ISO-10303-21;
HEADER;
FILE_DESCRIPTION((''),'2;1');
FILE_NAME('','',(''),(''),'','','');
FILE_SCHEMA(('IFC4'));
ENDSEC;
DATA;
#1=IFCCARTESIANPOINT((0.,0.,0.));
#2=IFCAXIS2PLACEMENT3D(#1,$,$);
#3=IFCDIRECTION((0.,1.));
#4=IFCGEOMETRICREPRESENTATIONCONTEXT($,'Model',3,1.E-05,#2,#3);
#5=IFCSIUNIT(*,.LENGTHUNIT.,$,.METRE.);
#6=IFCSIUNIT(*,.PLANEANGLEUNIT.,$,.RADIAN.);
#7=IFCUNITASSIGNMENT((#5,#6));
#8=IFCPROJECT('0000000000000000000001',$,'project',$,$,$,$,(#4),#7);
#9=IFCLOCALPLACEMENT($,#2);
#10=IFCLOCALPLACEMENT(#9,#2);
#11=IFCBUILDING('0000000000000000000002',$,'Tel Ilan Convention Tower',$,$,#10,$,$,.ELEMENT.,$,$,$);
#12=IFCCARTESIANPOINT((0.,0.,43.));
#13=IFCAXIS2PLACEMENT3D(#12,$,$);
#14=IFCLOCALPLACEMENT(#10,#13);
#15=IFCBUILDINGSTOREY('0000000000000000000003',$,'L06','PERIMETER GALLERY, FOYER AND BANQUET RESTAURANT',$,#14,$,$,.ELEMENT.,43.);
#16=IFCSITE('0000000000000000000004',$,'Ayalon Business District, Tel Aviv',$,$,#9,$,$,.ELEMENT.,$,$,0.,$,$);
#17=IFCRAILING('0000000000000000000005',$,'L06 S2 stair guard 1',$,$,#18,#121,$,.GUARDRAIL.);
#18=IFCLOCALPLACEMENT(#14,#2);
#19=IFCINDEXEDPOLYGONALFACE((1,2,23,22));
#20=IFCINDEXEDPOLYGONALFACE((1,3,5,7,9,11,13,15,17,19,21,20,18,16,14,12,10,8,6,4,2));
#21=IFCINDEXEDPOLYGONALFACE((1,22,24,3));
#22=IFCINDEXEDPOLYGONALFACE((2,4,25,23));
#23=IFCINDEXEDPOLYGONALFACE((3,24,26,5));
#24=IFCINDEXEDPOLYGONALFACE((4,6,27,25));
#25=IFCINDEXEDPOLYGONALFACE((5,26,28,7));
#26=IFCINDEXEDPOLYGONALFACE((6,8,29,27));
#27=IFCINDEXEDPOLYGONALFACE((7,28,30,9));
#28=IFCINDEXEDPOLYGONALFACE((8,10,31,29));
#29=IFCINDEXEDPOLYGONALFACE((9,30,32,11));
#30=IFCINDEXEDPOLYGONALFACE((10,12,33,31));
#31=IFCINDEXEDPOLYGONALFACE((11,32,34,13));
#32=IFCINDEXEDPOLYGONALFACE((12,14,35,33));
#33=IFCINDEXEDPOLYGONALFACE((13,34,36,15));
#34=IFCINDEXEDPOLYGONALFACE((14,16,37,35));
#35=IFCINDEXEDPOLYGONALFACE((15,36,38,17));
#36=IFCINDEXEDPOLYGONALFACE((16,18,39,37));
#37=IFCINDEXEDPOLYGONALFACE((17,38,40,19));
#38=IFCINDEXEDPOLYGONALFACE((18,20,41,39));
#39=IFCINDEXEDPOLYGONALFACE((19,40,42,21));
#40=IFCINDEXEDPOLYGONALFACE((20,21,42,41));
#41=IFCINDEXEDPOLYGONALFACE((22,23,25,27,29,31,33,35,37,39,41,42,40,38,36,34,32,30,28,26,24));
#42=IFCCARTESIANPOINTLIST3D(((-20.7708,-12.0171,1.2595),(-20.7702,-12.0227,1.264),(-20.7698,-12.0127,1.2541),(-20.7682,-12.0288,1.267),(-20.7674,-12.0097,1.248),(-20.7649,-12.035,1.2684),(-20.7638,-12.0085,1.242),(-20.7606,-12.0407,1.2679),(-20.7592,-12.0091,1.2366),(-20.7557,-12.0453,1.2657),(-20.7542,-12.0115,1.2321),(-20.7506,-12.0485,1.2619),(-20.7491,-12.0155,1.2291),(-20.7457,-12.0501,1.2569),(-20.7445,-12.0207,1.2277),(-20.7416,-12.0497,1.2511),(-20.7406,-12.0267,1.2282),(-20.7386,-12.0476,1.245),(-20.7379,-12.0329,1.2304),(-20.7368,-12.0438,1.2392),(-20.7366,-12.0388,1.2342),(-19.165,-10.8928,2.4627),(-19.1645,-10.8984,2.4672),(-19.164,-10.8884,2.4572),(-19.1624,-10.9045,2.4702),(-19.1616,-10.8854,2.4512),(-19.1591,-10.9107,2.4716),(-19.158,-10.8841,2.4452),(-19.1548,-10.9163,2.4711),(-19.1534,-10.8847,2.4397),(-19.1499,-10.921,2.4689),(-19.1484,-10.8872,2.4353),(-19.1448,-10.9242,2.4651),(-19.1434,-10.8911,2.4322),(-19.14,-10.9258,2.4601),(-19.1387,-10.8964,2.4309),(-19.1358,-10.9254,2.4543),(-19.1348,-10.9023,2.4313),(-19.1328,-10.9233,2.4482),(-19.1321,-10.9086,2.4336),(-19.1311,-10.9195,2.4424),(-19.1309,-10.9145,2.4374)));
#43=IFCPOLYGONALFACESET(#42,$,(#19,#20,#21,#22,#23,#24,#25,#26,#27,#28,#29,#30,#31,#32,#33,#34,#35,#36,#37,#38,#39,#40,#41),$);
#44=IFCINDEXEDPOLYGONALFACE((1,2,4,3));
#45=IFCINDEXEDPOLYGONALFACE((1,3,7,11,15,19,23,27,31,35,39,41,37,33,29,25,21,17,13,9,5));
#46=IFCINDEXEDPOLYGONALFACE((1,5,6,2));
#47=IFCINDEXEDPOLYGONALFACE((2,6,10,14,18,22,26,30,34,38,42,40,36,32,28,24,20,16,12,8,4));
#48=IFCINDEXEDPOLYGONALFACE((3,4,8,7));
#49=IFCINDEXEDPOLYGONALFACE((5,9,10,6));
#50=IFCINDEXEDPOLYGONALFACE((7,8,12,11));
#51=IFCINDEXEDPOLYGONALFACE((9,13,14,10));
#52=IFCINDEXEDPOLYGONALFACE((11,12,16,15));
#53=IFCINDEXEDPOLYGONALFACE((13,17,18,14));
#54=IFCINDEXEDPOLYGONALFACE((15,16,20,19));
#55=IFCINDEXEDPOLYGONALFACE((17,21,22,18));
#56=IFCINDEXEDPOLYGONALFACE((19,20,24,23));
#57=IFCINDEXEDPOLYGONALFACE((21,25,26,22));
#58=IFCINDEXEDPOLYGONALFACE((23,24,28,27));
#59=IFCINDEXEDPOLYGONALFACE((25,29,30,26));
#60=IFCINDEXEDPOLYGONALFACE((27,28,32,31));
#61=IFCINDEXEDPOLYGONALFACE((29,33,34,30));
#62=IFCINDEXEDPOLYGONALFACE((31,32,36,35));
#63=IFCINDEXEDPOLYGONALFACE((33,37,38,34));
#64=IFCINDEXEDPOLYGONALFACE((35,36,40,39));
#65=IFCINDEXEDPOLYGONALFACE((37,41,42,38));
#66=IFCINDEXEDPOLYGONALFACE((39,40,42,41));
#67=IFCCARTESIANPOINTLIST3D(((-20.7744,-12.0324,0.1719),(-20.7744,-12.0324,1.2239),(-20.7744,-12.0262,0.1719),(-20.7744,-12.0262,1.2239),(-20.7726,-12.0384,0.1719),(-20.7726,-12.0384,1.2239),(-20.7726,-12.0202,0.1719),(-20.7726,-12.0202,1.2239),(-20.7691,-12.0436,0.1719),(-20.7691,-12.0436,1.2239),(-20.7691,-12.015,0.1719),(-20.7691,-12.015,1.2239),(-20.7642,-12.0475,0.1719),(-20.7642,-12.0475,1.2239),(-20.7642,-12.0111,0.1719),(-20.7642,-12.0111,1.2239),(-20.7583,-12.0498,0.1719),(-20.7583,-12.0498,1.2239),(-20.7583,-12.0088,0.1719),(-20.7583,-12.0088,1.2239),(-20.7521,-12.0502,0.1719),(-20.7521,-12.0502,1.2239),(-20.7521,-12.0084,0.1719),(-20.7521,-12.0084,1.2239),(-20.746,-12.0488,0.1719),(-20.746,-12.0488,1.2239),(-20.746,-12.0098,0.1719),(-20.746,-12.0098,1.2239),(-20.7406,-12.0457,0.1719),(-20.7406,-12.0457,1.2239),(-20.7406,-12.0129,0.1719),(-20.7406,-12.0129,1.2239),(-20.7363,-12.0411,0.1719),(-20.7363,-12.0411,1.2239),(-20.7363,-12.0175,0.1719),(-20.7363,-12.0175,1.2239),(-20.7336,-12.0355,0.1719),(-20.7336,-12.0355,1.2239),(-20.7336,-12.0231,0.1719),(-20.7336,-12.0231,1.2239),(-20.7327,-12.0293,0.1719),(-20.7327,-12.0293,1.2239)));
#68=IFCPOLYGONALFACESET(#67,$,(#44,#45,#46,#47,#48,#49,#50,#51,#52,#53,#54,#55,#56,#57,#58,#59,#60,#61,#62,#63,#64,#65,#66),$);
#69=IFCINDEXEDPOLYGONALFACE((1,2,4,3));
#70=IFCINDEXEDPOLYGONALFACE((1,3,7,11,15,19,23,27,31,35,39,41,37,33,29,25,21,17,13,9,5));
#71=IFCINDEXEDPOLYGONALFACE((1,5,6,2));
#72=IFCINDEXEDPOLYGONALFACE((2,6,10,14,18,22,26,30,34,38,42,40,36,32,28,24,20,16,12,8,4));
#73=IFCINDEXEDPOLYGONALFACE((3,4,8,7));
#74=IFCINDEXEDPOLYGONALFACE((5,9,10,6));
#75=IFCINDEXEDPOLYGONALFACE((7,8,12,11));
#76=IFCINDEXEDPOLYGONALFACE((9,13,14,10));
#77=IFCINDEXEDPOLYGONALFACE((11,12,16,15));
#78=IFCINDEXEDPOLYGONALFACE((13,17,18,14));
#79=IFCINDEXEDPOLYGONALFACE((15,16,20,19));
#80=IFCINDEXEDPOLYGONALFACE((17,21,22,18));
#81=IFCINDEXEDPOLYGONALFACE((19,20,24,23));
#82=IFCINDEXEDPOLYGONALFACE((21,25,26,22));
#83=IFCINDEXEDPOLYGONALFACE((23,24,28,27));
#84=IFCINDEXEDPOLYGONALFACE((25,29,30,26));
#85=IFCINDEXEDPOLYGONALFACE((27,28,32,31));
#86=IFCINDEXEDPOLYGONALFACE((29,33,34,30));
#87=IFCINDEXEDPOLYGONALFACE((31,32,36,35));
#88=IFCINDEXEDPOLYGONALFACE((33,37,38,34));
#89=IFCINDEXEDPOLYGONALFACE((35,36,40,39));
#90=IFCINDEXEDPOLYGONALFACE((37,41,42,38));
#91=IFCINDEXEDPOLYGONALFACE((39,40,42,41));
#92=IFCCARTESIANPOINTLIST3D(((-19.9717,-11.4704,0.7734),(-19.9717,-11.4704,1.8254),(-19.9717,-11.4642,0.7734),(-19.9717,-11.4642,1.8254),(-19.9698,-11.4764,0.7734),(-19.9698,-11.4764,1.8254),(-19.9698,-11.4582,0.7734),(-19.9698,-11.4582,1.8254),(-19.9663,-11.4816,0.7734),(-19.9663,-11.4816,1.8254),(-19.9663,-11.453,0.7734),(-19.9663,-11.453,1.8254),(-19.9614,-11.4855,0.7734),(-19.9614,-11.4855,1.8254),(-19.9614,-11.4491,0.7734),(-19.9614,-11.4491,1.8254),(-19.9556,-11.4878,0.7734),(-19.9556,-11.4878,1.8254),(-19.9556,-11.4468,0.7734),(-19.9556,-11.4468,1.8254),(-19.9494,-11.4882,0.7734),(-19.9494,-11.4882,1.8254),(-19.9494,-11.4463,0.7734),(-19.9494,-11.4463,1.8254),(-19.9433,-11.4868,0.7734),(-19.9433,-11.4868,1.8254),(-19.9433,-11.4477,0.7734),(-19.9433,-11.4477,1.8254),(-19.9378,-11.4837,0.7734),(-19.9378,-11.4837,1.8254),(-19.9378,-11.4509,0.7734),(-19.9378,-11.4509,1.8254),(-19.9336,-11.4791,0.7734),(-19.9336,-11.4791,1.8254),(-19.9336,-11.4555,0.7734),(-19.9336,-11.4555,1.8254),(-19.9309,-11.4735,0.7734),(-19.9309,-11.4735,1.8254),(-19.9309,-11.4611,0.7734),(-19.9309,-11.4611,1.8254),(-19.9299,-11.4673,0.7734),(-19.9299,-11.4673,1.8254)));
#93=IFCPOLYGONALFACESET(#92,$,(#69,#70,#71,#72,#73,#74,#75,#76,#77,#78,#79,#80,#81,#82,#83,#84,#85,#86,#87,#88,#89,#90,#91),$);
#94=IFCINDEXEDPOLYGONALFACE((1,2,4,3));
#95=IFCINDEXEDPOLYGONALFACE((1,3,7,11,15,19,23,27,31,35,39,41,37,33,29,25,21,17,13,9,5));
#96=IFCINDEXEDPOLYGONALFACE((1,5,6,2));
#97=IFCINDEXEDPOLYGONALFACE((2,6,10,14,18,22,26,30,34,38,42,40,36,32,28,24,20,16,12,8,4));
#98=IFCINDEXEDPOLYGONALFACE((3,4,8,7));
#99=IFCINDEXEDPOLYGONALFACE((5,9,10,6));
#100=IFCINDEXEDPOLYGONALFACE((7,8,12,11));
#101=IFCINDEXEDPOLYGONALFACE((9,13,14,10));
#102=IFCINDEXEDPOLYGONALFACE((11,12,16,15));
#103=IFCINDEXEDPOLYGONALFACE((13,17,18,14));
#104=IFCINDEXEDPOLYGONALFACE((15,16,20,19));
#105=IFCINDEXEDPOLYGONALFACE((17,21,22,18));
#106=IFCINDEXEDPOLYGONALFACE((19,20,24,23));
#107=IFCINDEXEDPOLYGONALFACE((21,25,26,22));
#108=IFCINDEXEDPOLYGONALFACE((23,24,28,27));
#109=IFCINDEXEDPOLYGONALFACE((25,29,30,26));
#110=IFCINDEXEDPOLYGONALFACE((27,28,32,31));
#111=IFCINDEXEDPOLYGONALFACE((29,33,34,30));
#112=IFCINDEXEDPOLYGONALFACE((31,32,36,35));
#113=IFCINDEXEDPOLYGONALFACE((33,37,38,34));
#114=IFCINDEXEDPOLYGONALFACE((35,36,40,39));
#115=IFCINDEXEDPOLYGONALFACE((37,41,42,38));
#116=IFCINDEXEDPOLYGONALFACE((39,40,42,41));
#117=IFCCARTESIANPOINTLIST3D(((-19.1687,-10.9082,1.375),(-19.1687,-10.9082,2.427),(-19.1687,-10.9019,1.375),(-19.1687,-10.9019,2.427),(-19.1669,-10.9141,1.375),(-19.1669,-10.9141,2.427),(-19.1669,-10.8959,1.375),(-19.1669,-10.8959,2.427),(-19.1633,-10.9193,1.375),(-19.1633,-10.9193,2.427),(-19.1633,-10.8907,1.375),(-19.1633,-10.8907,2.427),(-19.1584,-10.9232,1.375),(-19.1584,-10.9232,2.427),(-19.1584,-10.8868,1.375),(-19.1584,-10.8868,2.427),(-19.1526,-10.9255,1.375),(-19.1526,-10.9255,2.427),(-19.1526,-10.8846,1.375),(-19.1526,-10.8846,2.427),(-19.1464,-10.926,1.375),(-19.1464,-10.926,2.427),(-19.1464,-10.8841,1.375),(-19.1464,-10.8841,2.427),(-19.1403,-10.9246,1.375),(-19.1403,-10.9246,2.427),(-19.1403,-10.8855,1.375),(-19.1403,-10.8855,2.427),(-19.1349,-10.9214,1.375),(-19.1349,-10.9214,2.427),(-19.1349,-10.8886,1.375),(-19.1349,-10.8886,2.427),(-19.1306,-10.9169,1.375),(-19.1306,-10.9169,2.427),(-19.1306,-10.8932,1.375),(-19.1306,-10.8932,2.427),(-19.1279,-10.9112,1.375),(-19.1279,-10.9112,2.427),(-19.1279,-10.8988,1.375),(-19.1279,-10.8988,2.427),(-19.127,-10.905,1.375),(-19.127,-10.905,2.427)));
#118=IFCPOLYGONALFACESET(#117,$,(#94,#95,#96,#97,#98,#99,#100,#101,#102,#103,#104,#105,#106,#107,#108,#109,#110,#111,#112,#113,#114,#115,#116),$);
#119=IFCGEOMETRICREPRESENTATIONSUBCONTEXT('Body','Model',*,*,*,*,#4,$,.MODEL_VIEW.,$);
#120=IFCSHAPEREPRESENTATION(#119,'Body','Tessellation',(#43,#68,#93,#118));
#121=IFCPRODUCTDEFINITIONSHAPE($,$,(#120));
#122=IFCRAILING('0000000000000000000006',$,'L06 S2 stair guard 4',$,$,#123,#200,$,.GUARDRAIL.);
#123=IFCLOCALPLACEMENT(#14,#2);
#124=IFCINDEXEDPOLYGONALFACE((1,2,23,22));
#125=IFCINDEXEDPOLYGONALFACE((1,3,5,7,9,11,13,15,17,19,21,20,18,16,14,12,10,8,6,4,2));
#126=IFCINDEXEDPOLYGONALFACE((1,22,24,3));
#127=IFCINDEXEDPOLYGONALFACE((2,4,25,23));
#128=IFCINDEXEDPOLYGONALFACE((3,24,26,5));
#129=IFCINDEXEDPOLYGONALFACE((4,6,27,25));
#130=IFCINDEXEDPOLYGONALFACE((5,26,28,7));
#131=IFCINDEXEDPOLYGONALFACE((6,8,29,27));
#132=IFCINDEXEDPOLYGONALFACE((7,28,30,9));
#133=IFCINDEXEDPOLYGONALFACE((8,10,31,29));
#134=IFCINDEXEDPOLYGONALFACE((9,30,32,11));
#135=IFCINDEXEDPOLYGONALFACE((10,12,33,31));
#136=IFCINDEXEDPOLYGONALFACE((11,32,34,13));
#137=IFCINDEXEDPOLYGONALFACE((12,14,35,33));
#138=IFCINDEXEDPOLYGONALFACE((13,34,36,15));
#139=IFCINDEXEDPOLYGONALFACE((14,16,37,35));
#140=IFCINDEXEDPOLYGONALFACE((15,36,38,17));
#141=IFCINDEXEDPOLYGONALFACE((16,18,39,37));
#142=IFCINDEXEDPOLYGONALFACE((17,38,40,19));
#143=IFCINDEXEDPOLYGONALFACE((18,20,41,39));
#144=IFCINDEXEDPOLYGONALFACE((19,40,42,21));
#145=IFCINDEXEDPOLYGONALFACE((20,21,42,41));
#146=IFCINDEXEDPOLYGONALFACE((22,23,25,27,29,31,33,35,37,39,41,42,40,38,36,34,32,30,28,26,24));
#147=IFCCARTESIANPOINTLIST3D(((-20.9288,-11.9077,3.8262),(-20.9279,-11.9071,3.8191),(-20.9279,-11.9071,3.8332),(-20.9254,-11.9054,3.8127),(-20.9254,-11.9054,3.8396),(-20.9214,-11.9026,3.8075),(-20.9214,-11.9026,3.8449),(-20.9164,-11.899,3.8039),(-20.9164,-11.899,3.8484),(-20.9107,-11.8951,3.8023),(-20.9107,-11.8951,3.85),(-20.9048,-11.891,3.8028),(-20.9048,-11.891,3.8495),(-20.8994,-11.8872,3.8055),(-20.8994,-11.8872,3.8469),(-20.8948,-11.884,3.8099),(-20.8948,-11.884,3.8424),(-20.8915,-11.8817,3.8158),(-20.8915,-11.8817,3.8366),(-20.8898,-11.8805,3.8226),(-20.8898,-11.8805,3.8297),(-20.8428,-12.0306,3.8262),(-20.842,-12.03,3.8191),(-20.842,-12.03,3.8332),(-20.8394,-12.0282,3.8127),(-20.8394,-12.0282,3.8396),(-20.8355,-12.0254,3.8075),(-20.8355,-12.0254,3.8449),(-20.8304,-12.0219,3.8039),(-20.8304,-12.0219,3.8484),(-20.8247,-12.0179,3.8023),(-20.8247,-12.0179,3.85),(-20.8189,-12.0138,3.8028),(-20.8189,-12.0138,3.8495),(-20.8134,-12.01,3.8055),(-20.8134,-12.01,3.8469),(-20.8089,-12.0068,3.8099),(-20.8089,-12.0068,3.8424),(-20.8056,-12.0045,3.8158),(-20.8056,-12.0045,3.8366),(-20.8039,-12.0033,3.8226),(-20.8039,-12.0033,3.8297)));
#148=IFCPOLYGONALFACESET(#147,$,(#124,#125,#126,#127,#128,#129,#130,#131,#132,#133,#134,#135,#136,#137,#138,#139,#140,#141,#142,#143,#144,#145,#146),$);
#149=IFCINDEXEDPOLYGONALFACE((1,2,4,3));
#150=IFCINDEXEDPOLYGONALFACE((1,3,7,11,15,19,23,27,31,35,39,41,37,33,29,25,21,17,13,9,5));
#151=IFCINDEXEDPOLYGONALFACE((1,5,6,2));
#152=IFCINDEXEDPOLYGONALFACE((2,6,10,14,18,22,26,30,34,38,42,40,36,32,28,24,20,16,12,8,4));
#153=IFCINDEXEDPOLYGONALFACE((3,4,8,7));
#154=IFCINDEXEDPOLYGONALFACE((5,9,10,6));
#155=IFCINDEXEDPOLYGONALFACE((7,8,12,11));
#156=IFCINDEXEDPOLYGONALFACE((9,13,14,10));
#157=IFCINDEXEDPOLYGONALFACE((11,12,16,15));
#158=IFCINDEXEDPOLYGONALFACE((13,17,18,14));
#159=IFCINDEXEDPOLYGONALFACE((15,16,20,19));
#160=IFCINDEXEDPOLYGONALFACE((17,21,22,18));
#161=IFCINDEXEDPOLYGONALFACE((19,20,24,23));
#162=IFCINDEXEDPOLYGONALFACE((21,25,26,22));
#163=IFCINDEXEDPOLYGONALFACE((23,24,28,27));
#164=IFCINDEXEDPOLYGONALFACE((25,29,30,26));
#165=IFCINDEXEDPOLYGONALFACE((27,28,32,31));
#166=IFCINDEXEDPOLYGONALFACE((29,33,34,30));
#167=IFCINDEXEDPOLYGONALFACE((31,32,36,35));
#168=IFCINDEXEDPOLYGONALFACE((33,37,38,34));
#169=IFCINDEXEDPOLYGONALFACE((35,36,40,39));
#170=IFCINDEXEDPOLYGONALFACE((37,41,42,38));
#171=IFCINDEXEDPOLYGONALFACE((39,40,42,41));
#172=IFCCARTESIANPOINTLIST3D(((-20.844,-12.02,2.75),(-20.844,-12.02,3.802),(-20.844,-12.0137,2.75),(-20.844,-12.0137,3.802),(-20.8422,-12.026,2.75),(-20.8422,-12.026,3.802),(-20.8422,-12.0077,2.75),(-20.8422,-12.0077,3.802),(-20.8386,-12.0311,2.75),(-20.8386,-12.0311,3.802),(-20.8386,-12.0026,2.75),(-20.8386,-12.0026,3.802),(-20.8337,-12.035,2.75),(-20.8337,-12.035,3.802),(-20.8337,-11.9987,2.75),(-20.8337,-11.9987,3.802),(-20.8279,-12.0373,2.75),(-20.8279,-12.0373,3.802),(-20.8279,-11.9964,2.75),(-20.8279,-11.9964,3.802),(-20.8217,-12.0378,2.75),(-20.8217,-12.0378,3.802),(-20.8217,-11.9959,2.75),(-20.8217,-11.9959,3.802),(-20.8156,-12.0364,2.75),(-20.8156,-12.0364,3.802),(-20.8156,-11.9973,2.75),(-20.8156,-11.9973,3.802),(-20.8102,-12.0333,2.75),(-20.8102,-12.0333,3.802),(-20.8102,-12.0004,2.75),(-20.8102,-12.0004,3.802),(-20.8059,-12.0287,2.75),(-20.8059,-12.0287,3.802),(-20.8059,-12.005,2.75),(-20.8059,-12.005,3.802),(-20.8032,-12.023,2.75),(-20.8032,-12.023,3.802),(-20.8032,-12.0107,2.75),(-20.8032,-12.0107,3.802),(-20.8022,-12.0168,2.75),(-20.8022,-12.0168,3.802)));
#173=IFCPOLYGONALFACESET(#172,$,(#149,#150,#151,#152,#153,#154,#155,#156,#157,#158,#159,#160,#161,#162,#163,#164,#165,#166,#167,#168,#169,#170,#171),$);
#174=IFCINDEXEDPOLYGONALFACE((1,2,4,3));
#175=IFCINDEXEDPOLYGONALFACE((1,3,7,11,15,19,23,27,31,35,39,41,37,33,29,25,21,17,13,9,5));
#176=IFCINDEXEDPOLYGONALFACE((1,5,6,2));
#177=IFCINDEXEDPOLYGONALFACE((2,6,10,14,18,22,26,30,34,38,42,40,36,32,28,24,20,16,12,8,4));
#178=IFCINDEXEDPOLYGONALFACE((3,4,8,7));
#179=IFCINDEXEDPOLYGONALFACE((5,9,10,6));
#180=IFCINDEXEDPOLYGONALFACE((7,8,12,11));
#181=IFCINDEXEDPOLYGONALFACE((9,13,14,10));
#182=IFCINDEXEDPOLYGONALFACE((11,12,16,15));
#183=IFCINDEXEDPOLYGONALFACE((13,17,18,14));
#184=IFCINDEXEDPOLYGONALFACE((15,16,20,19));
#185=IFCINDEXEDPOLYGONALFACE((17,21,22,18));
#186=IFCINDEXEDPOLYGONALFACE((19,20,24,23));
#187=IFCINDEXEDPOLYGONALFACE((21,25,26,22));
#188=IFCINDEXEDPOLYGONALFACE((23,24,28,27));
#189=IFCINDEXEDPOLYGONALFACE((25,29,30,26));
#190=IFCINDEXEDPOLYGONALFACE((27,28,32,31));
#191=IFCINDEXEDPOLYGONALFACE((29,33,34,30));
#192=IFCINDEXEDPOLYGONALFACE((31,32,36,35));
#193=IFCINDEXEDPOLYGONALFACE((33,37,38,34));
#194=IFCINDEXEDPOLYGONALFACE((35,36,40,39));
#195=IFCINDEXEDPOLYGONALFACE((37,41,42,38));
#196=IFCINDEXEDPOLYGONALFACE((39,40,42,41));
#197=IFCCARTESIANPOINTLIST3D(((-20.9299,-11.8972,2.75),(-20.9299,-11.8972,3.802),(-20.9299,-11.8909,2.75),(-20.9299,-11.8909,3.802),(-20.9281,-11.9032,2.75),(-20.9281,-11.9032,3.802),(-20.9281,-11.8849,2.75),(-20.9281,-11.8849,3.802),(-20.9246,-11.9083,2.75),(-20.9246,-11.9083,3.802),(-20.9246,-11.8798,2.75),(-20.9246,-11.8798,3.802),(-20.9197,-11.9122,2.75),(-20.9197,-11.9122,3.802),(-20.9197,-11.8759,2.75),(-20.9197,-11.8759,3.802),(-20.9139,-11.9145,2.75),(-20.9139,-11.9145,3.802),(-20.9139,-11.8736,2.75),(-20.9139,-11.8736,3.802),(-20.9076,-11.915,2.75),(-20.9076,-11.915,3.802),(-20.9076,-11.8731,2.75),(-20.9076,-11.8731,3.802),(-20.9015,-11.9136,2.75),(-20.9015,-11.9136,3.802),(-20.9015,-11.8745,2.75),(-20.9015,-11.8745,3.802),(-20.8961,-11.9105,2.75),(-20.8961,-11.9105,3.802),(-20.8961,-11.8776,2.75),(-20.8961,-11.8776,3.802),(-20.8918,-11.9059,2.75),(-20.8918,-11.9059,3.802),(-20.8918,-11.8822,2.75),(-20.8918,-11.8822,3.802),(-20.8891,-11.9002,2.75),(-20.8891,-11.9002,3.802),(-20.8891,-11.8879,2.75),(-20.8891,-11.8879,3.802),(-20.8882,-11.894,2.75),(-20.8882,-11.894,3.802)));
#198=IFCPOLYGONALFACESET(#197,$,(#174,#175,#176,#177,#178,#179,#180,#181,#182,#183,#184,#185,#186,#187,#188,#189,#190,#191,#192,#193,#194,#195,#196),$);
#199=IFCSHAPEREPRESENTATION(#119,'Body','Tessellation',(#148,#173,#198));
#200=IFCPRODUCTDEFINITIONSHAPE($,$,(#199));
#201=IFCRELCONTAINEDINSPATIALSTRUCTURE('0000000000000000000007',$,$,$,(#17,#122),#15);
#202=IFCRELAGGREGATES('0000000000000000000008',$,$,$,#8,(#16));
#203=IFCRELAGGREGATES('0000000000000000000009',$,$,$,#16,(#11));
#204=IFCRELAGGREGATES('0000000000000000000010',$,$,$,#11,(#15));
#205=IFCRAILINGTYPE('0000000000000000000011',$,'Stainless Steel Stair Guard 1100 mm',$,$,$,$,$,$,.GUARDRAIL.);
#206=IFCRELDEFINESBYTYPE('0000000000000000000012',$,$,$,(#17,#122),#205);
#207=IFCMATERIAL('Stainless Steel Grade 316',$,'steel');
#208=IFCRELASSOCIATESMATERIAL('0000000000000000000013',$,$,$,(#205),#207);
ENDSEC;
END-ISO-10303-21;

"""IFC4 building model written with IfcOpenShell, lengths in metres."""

from ifc_helpers import new_model, si_unit, direction, frame, origin, origin_2d, place, context, subcontext, project, spatial, circle, extrude, material, type_object, element, save


model = new_model("IFC4")

# Units and contexts
model_context = context("Model", 3, precision=1e-05, world=origin(), true_north=direction((0.0, 1.0)))
body_context = subcontext(model_context, "Body", "Model", "MODEL_VIEW")
ifc_project = project(units=[si_unit("LENGTHUNIT", "METRE"), si_unit("PLANEANGLEUNIT", "RADIAN")], contexts=[model_context])

# Site, building, storey
site_placement = place(None, origin())
site = spatial("IfcSite", under=ifc_project, at=site_placement, Name="Ayalon Business District, Tel Aviv", CompositionType="ELEMENT", RefElevation=0.0)
building_placement = place(site_placement, origin())
building = spatial("IfcBuilding", under=site, at=building_placement, Name="Tel Ilan Convention Tower", CompositionType="ELEMENT")
storey_placement = place(building_placement, frame((0.0, 0.0, 43.0)))
storey = spatial("IfcBuildingStorey", under=building, at=storey_placement, Name="L06", Description="PERIMETER GALLERY, FOYER AND BANQUET RESTAURANT", CompositionType="ELEMENT", Elevation=43.0)

# Railings
ifc_material_1 = material(Name="Stainless Steel Grade 316", Category="steel")
railing_type_1 = type_object("IfcRailingType", Name="Stainless Steel Stair Guard 1100 mm", PredefinedType="GUARDRAIL", material=ifc_material_1)
railing_1_placement = place(storey_placement, frame((-20.7537, -12.0293, 0.1719)))
element("IfcRailing", 1, at=railing_1_placement, inside=storey, type_object=railing_type_1, Name="L06 S2 stair guard 1", PredefinedType="GUARDRAIL", context=body_context, shape_type="SweptSolid", body=[
    extrude(circle(Radius=0.0239, at=origin_2d()), frame((0.0, 0.0, 1.0762), z_axis=(0.698149, 0.488821, 0.523108), x_axis=(-0.573554, 0.819168, 0.0)), (0.0, 0.0, 1.0), 2.3),
    extrude(circle(Radius=0.021, at=origin_2d()), origin(), (0.0, 0.0, 1.0), 1.052),
    extrude(circle(Radius=0.021, at=origin_2d()), frame((0.8027, 0.562, 0.6016)), (0.0, 0.0, 1.0), 1.052),
    extrude(circle(Radius=0.021, at=origin_2d()), frame((1.6057, 1.1243, 1.2031)), (0.0, 0.0, 1.0), 1.052),
])
railing_2_placement = place(storey_placement, frame((-20.8232, -12.0168, 2.75)))
element("IfcRailing", 2, at=railing_2_placement, inside=storey, type_object=railing_type_1, Name="L06 S2 stair guard 4", PredefinedType="GUARDRAIL", context=body_context, shape_type="SweptSolid", body=[
    extrude(circle(Radius=0.0239, at=origin_2d()), frame((0.0, 0.0, 1.0762), z_axis=(-0.573353, 0.819308, 0.0), x_axis=(-0.819308, -0.573353, 0.0)), (0.0, 0.0, 1.0), 0.1499),
    extrude(circle(Radius=0.021, at=origin_2d()), origin(), (0.0, 0.0, 1.0), 1.052),
    extrude(circle(Radius=0.021, at=origin_2d()), frame((-0.0859, 0.1228, 0.0)), (0.0, 0.0, 1.0), 1.052),
])

save(model, "model.ifc")
